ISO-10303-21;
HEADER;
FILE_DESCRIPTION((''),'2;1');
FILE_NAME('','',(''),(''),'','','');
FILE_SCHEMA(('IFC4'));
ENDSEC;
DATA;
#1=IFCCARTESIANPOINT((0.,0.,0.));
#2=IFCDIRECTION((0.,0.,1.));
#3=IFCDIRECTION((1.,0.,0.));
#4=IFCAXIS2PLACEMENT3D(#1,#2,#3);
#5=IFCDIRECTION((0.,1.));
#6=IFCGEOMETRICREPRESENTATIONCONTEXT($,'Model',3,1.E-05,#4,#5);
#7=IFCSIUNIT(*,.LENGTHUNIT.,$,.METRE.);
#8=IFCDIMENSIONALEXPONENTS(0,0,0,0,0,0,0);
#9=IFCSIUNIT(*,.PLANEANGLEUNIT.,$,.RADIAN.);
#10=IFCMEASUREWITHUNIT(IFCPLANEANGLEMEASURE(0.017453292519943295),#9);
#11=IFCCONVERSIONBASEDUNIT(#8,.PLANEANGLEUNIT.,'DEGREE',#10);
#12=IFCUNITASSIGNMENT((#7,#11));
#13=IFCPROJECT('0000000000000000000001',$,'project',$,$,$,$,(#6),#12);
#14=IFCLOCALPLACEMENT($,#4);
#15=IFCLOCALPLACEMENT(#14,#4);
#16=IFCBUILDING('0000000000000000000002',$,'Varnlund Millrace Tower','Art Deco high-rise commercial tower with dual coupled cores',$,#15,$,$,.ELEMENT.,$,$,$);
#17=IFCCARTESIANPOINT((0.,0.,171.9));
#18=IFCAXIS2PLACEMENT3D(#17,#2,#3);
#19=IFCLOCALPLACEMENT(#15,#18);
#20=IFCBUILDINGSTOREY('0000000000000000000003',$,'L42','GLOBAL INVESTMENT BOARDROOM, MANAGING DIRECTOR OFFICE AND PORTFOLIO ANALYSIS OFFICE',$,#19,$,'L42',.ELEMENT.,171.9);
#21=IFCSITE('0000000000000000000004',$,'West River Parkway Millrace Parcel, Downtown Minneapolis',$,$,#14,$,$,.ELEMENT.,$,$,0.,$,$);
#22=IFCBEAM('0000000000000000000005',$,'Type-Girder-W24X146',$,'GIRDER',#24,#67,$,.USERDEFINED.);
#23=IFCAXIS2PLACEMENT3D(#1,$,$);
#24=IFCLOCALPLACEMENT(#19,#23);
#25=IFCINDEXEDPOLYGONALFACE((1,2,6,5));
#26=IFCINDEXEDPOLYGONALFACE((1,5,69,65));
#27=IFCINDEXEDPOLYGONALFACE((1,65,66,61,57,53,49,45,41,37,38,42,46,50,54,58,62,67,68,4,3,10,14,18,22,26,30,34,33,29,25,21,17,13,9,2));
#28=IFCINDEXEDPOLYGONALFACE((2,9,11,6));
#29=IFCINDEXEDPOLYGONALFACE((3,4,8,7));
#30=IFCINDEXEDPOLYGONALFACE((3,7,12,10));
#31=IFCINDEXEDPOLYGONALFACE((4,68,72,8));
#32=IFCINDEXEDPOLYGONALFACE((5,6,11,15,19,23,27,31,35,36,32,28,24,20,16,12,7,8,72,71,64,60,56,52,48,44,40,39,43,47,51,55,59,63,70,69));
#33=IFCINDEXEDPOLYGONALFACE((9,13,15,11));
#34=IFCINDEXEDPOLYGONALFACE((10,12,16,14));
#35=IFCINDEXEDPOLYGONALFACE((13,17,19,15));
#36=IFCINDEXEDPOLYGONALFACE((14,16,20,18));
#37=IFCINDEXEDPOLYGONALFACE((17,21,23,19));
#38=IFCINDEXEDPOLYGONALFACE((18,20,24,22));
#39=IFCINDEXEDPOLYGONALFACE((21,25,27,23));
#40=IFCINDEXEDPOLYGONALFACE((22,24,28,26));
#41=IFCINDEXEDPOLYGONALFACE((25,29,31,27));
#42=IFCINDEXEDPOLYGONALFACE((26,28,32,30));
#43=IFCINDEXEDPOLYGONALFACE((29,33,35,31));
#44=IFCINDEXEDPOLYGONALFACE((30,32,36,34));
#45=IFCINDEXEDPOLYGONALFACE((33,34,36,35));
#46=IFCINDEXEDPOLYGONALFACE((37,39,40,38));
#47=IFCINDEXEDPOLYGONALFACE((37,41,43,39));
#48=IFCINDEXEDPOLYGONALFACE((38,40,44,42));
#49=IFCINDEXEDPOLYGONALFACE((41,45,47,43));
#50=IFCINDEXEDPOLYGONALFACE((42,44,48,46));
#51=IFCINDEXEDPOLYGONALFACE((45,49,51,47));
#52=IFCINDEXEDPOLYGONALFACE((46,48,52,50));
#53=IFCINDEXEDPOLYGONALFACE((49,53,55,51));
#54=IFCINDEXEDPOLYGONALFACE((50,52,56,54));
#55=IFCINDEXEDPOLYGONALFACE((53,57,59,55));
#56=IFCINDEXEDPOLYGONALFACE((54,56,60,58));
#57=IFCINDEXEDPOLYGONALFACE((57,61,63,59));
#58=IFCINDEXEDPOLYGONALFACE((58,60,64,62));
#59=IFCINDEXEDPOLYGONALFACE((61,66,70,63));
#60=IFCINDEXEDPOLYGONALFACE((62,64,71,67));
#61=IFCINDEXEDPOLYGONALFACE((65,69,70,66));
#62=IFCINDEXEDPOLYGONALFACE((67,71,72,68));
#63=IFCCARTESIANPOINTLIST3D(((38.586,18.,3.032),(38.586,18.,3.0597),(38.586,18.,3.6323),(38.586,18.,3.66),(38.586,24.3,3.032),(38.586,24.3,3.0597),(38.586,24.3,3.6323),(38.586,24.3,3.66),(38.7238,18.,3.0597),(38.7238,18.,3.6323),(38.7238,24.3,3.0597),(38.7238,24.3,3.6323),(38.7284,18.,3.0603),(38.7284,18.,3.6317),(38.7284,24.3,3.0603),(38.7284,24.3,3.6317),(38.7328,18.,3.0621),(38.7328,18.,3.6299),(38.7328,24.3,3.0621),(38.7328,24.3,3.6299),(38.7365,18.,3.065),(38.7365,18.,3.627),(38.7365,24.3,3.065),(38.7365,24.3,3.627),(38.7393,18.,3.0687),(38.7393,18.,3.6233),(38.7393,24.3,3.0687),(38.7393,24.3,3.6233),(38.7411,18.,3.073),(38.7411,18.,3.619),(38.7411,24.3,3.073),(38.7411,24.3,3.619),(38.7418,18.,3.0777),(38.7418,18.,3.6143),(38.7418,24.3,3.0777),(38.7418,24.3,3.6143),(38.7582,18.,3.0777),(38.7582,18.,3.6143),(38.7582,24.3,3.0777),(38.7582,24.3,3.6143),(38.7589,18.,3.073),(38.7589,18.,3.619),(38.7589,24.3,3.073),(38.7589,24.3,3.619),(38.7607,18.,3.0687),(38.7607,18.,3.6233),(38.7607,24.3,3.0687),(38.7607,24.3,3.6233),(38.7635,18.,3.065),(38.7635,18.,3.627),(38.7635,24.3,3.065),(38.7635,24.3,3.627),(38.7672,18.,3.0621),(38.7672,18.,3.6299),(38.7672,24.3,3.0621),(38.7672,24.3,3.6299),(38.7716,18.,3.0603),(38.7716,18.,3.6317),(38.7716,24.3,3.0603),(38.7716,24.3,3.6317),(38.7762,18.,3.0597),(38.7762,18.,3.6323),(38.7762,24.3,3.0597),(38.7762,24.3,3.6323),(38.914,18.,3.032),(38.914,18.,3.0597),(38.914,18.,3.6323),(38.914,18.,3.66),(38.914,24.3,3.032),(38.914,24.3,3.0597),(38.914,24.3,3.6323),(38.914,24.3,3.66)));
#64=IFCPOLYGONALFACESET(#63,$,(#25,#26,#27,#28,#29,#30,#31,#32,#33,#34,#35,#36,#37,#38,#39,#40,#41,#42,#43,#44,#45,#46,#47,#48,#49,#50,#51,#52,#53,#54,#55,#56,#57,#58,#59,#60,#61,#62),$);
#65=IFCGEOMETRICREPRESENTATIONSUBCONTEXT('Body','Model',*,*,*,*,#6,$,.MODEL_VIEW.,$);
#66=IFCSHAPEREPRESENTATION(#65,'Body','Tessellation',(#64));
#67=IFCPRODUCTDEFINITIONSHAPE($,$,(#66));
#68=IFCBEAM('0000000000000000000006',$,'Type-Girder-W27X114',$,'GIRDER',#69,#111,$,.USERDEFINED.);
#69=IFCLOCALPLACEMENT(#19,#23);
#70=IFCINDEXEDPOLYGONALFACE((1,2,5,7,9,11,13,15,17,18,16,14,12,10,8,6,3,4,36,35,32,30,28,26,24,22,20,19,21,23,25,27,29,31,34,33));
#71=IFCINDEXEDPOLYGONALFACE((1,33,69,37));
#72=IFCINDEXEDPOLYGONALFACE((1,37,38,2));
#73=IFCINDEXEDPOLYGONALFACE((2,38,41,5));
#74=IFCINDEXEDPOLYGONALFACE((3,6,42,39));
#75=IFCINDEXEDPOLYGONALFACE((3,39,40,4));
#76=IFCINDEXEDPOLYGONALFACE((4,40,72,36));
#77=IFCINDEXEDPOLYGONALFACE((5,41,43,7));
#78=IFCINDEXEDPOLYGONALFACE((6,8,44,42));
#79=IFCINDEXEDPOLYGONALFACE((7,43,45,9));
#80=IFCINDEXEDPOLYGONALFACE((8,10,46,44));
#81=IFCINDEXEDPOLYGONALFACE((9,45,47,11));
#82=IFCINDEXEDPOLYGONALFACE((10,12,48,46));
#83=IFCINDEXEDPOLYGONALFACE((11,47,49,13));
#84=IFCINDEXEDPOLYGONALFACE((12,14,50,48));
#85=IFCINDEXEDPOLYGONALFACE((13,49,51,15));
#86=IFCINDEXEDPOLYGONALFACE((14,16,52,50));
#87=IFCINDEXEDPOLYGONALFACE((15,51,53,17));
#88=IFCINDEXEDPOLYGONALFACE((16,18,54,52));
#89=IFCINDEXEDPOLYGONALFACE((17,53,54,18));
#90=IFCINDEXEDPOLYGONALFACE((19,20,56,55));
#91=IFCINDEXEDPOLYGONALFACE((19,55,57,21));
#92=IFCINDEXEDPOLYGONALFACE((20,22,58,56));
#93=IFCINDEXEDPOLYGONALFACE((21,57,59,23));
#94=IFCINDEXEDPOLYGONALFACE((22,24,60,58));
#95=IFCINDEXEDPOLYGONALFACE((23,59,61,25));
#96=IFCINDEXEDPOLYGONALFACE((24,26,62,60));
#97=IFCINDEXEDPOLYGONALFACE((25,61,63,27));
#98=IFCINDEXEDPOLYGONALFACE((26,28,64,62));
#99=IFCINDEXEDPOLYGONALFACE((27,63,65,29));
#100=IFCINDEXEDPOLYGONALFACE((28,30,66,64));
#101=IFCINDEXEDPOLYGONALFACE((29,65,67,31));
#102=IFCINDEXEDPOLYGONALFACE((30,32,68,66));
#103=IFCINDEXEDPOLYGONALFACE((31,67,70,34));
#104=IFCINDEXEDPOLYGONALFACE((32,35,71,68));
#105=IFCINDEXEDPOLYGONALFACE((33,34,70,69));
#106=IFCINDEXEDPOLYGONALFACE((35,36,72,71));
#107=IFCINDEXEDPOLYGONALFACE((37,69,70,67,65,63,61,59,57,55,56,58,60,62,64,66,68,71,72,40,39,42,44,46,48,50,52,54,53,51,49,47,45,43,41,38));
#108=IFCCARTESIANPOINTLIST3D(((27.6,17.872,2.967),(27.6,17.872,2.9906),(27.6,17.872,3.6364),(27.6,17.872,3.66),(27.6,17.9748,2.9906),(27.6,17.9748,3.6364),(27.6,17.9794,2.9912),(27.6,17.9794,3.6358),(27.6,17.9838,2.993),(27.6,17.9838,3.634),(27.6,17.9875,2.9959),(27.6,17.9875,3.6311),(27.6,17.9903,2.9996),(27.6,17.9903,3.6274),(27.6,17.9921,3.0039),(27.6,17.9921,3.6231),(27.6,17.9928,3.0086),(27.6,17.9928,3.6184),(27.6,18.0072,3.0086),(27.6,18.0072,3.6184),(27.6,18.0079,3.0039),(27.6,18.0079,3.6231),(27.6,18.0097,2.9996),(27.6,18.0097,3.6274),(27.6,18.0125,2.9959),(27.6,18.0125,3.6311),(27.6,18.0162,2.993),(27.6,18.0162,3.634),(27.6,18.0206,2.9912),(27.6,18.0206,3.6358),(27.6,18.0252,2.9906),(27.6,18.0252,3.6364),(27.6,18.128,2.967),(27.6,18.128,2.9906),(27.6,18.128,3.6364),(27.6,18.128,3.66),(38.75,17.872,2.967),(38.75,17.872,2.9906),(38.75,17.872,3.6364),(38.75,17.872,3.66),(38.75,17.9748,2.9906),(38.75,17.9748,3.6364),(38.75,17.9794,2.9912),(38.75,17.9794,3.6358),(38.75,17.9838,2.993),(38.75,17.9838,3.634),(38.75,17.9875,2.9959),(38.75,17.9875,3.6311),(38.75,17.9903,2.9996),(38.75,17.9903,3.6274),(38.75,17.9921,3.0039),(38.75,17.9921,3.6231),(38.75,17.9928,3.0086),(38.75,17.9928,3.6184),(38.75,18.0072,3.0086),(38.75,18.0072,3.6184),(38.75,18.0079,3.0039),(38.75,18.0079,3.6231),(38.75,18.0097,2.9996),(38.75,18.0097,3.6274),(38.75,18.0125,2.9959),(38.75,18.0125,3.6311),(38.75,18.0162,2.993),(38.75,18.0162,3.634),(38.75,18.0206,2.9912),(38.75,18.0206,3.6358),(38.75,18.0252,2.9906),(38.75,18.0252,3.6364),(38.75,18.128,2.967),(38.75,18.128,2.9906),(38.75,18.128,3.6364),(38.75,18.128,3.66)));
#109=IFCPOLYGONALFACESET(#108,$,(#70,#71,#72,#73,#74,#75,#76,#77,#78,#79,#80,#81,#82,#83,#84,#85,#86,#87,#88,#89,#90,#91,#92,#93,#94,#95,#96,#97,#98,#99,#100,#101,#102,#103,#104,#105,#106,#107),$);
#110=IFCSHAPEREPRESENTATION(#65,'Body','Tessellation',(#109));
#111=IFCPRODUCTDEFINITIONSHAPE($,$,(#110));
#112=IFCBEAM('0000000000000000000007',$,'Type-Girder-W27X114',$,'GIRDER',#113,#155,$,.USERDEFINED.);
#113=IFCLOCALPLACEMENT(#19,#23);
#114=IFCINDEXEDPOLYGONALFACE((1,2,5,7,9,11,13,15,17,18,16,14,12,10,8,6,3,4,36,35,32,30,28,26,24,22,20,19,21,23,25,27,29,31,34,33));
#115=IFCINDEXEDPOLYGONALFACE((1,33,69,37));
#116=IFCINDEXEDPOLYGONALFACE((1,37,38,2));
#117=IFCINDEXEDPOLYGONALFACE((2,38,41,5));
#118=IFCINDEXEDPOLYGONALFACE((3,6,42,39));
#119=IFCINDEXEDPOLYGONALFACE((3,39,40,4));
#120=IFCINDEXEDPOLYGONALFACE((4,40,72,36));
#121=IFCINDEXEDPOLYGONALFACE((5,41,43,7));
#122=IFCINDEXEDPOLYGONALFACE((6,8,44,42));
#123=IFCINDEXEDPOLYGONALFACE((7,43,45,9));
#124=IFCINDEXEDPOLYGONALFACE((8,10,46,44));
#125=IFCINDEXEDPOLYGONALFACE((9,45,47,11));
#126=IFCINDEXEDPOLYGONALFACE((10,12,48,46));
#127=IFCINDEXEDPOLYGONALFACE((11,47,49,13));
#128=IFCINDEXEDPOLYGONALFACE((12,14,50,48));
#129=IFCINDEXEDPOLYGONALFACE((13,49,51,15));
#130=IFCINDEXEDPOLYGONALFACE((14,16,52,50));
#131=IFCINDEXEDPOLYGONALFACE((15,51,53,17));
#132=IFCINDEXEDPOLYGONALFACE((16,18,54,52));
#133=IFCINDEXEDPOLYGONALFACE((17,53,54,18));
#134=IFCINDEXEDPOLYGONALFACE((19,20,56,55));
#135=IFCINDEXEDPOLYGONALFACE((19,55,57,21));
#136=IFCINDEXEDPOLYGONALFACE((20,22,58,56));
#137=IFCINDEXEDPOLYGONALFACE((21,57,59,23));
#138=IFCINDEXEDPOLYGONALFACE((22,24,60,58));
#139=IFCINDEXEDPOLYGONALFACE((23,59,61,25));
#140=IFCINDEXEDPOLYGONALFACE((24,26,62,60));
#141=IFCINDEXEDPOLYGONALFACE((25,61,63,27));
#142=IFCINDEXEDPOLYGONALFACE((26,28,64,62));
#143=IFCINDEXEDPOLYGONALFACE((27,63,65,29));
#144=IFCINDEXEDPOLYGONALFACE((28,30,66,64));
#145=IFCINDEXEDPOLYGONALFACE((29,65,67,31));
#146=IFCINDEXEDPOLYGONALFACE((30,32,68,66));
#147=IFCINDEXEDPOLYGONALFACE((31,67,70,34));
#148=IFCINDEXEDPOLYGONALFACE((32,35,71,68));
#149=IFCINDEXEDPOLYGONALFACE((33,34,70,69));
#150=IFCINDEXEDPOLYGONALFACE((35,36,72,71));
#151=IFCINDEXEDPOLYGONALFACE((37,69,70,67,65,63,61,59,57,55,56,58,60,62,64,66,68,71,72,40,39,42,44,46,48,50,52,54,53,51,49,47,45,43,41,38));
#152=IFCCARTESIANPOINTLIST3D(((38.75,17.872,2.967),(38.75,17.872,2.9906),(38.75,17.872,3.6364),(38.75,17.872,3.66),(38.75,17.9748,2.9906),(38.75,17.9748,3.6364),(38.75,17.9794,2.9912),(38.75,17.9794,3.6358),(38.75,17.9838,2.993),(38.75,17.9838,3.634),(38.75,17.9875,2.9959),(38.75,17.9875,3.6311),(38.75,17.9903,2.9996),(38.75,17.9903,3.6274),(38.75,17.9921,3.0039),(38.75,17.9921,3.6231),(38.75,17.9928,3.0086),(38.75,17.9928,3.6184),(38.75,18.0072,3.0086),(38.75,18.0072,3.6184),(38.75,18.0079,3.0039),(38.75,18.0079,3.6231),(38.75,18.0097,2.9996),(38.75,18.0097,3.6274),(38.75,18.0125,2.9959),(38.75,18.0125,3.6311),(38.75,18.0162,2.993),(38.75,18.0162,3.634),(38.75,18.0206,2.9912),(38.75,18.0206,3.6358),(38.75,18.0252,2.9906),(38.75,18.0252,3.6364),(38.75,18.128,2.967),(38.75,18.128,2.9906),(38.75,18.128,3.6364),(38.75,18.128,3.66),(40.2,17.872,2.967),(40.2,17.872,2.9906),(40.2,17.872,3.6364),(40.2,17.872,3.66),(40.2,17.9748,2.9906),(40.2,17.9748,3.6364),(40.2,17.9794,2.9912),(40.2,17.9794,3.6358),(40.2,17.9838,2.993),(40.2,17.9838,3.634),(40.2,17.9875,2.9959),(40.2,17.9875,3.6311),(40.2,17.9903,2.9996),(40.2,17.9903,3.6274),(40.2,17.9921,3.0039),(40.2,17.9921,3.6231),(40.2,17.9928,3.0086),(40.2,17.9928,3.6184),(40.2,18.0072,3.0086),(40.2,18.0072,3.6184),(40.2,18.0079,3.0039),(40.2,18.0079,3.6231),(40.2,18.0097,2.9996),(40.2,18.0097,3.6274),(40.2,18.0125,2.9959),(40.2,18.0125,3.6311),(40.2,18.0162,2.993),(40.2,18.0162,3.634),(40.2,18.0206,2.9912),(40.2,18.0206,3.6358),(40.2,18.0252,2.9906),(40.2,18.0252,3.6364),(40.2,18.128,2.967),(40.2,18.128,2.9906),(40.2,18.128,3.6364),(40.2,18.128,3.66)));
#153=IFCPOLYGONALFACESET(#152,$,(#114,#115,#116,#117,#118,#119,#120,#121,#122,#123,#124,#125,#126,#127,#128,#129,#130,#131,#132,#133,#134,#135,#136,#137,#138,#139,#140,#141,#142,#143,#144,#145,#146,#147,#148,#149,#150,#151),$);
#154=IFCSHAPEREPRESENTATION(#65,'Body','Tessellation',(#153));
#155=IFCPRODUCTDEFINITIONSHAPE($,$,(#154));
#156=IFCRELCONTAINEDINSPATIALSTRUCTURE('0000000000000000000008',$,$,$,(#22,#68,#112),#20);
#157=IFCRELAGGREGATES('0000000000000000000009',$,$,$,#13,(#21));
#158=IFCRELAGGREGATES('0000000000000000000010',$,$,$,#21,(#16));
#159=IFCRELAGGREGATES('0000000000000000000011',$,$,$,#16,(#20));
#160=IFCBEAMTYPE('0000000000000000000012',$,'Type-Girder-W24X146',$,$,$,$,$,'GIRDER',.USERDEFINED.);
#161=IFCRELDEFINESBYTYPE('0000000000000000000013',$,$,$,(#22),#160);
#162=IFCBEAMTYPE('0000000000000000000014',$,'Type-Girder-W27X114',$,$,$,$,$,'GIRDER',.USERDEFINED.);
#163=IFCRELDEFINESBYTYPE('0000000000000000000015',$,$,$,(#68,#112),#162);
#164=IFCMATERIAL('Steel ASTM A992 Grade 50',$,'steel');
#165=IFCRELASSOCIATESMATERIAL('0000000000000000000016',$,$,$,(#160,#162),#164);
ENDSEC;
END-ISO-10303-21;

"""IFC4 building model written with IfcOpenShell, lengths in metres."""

from ifc_helpers import new_model, entity, si_unit, converted_unit, direction, frame, origin_with_axes, origin_2d_with_axis, place, context, subcontext, project, spatial, i_section, extrude, material, material_profile, profile_set, type_object, element, save


model = new_model("IFC4")

# Units and contexts
model_context = context("Model", 3, precision=1e-05, world=origin_with_axes(), true_north=direction((0.0, 1.0)))
body_context = subcontext(model_context, "Body", "Model", "MODEL_VIEW")
ifc_project = project(units=[si_unit("LENGTHUNIT", "METRE"), converted_unit("PLANEANGLEUNIT", "DEGREE", entity("IfcPlaneAngleMeasure", 0.017453292519943295), si_unit("PLANEANGLEUNIT", "RADIAN"), dimensions=[0, 0, 0, 0, 0, 0, 0])], contexts=[model_context])

# Site, building, storey
site_placement = place(None, origin_with_axes())
site = spatial("IfcSite", under=ifc_project, at=site_placement, Name="West River Parkway Millrace Parcel, Downtown Minneapolis", CompositionType="ELEMENT", RefElevation=0.0)
building_placement = place(site_placement, origin_with_axes())
building = spatial("IfcBuilding", under=site, at=building_placement, Name="Varnlund Millrace Tower", Description="Art Deco high-rise commercial tower with dual coupled cores", CompositionType="ELEMENT")
storey_placement = place(building_placement, frame((0.0, 0.0, 171.9), z_axis=(0.0, 0.0, 1.0), x_axis=(1.0, 0.0, 0.0)))
storey = spatial("IfcBuildingStorey", under=building, at=storey_placement, Name="L42", Description="GLOBAL INVESTMENT BOARDROOM, MANAGING DIRECTOR OFFICE AND PORTFOLIO ANALYSIS OFFICE", LongName="L42", CompositionType="ELEMENT", Elevation=171.9)

# Beams
ifc_material_1 = material(Name="Steel ASTM A992 Grade 50", Category="steel")
ifc_material_profile_1 = material_profile(ifc_material_1, i_section(OverallWidth=0.328, OverallDepth=0.628, WebThickness=0.0165, FlangeThickness=0.0277, FilletRadius=0.018, at=origin_2d_with_axis()), Name="Steel ASTM A992 Grade 50")
ifc_profile_set_1 = profile_set([ifc_material_profile_1], Name="Steel ASTM A992 Grade 50")
beam_type_1 = type_object("IfcBeamType", Name="Type-Girder-W24X146", ElementType="GIRDER", PredefinedType="USERDEFINED", material=ifc_profile_set_1)
beam_1_placement = place(storey_placement, frame((38.75, 18.0, 3.346), z_axis=(0.0, 1.0, 0.0), x_axis=(-1.0, 0.0, 0.0)))
element("IfcBeam", 1, at=beam_1_placement, inside=storey, type_object=beam_type_1, Name="Type-Girder-W24X146", ObjectType="GIRDER", PredefinedType="USERDEFINED", context=body_context, shape_type="SweptSolid", body=[
    extrude(i_section(OverallWidth=0.328, OverallDepth=0.628, WebThickness=0.0165, FlangeThickness=0.0277, FilletRadius=0.018, at=origin_2d_with_axis()), origin_with_axes(), (0.0, 0.0, 1.0), 6.3),
])
ifc_material_profile_2 = material_profile(ifc_material_1, i_section(OverallWidth=0.256, OverallDepth=0.693, WebThickness=0.0145, FlangeThickness=0.0236, FilletRadius=0.018, at=origin_2d_with_axis()), Name="Steel ASTM A992 Grade 50")
ifc_profile_set_2 = profile_set([ifc_material_profile_2], Name="Steel ASTM A992 Grade 50")
beam_type_2 = type_object("IfcBeamType", Name="Type-Girder-W27X114", ElementType="GIRDER", PredefinedType="USERDEFINED", material=ifc_profile_set_2)
beam_2_placement = place(storey_placement, frame((27.6, 18.0, 3.3135), z_axis=(1.0, 0.0, 0.0), x_axis=(0.0, 1.0, 0.0)))
element("IfcBeam", 2, at=beam_2_placement, inside=storey, type_object=beam_type_2, Name="Type-Girder-W27X114", ObjectType="GIRDER", PredefinedType="USERDEFINED", context=body_context, shape_type="SweptSolid", body=[
    extrude(i_section(OverallWidth=0.256, OverallDepth=0.693, WebThickness=0.0145, FlangeThickness=0.0236, FilletRadius=0.018, at=origin_2d_with_axis()), origin_with_axes(), (0.0, 0.0, 1.0), 11.15),
])
beam_3_placement = place(storey_placement, frame((38.75, 18.0, 3.3135), z_axis=(1.0, 0.0, 0.0), x_axis=(0.0, 1.0, 0.0)))
element("IfcBeam", 3, at=beam_3_placement, inside=storey, type_object=beam_type_2, Name="Type-Girder-W27X114", ObjectType="GIRDER", PredefinedType="USERDEFINED", context=body_context, shape_type="SweptSolid", body=[
    extrude(i_section(OverallWidth=0.256, OverallDepth=0.693, WebThickness=0.0145, FlangeThickness=0.0236, FilletRadius=0.018, at=origin_2d_with_axis()), origin_with_axes(), (0.0, 0.0, 1.0), 1.45),
])

save(model, "model.ifc")
